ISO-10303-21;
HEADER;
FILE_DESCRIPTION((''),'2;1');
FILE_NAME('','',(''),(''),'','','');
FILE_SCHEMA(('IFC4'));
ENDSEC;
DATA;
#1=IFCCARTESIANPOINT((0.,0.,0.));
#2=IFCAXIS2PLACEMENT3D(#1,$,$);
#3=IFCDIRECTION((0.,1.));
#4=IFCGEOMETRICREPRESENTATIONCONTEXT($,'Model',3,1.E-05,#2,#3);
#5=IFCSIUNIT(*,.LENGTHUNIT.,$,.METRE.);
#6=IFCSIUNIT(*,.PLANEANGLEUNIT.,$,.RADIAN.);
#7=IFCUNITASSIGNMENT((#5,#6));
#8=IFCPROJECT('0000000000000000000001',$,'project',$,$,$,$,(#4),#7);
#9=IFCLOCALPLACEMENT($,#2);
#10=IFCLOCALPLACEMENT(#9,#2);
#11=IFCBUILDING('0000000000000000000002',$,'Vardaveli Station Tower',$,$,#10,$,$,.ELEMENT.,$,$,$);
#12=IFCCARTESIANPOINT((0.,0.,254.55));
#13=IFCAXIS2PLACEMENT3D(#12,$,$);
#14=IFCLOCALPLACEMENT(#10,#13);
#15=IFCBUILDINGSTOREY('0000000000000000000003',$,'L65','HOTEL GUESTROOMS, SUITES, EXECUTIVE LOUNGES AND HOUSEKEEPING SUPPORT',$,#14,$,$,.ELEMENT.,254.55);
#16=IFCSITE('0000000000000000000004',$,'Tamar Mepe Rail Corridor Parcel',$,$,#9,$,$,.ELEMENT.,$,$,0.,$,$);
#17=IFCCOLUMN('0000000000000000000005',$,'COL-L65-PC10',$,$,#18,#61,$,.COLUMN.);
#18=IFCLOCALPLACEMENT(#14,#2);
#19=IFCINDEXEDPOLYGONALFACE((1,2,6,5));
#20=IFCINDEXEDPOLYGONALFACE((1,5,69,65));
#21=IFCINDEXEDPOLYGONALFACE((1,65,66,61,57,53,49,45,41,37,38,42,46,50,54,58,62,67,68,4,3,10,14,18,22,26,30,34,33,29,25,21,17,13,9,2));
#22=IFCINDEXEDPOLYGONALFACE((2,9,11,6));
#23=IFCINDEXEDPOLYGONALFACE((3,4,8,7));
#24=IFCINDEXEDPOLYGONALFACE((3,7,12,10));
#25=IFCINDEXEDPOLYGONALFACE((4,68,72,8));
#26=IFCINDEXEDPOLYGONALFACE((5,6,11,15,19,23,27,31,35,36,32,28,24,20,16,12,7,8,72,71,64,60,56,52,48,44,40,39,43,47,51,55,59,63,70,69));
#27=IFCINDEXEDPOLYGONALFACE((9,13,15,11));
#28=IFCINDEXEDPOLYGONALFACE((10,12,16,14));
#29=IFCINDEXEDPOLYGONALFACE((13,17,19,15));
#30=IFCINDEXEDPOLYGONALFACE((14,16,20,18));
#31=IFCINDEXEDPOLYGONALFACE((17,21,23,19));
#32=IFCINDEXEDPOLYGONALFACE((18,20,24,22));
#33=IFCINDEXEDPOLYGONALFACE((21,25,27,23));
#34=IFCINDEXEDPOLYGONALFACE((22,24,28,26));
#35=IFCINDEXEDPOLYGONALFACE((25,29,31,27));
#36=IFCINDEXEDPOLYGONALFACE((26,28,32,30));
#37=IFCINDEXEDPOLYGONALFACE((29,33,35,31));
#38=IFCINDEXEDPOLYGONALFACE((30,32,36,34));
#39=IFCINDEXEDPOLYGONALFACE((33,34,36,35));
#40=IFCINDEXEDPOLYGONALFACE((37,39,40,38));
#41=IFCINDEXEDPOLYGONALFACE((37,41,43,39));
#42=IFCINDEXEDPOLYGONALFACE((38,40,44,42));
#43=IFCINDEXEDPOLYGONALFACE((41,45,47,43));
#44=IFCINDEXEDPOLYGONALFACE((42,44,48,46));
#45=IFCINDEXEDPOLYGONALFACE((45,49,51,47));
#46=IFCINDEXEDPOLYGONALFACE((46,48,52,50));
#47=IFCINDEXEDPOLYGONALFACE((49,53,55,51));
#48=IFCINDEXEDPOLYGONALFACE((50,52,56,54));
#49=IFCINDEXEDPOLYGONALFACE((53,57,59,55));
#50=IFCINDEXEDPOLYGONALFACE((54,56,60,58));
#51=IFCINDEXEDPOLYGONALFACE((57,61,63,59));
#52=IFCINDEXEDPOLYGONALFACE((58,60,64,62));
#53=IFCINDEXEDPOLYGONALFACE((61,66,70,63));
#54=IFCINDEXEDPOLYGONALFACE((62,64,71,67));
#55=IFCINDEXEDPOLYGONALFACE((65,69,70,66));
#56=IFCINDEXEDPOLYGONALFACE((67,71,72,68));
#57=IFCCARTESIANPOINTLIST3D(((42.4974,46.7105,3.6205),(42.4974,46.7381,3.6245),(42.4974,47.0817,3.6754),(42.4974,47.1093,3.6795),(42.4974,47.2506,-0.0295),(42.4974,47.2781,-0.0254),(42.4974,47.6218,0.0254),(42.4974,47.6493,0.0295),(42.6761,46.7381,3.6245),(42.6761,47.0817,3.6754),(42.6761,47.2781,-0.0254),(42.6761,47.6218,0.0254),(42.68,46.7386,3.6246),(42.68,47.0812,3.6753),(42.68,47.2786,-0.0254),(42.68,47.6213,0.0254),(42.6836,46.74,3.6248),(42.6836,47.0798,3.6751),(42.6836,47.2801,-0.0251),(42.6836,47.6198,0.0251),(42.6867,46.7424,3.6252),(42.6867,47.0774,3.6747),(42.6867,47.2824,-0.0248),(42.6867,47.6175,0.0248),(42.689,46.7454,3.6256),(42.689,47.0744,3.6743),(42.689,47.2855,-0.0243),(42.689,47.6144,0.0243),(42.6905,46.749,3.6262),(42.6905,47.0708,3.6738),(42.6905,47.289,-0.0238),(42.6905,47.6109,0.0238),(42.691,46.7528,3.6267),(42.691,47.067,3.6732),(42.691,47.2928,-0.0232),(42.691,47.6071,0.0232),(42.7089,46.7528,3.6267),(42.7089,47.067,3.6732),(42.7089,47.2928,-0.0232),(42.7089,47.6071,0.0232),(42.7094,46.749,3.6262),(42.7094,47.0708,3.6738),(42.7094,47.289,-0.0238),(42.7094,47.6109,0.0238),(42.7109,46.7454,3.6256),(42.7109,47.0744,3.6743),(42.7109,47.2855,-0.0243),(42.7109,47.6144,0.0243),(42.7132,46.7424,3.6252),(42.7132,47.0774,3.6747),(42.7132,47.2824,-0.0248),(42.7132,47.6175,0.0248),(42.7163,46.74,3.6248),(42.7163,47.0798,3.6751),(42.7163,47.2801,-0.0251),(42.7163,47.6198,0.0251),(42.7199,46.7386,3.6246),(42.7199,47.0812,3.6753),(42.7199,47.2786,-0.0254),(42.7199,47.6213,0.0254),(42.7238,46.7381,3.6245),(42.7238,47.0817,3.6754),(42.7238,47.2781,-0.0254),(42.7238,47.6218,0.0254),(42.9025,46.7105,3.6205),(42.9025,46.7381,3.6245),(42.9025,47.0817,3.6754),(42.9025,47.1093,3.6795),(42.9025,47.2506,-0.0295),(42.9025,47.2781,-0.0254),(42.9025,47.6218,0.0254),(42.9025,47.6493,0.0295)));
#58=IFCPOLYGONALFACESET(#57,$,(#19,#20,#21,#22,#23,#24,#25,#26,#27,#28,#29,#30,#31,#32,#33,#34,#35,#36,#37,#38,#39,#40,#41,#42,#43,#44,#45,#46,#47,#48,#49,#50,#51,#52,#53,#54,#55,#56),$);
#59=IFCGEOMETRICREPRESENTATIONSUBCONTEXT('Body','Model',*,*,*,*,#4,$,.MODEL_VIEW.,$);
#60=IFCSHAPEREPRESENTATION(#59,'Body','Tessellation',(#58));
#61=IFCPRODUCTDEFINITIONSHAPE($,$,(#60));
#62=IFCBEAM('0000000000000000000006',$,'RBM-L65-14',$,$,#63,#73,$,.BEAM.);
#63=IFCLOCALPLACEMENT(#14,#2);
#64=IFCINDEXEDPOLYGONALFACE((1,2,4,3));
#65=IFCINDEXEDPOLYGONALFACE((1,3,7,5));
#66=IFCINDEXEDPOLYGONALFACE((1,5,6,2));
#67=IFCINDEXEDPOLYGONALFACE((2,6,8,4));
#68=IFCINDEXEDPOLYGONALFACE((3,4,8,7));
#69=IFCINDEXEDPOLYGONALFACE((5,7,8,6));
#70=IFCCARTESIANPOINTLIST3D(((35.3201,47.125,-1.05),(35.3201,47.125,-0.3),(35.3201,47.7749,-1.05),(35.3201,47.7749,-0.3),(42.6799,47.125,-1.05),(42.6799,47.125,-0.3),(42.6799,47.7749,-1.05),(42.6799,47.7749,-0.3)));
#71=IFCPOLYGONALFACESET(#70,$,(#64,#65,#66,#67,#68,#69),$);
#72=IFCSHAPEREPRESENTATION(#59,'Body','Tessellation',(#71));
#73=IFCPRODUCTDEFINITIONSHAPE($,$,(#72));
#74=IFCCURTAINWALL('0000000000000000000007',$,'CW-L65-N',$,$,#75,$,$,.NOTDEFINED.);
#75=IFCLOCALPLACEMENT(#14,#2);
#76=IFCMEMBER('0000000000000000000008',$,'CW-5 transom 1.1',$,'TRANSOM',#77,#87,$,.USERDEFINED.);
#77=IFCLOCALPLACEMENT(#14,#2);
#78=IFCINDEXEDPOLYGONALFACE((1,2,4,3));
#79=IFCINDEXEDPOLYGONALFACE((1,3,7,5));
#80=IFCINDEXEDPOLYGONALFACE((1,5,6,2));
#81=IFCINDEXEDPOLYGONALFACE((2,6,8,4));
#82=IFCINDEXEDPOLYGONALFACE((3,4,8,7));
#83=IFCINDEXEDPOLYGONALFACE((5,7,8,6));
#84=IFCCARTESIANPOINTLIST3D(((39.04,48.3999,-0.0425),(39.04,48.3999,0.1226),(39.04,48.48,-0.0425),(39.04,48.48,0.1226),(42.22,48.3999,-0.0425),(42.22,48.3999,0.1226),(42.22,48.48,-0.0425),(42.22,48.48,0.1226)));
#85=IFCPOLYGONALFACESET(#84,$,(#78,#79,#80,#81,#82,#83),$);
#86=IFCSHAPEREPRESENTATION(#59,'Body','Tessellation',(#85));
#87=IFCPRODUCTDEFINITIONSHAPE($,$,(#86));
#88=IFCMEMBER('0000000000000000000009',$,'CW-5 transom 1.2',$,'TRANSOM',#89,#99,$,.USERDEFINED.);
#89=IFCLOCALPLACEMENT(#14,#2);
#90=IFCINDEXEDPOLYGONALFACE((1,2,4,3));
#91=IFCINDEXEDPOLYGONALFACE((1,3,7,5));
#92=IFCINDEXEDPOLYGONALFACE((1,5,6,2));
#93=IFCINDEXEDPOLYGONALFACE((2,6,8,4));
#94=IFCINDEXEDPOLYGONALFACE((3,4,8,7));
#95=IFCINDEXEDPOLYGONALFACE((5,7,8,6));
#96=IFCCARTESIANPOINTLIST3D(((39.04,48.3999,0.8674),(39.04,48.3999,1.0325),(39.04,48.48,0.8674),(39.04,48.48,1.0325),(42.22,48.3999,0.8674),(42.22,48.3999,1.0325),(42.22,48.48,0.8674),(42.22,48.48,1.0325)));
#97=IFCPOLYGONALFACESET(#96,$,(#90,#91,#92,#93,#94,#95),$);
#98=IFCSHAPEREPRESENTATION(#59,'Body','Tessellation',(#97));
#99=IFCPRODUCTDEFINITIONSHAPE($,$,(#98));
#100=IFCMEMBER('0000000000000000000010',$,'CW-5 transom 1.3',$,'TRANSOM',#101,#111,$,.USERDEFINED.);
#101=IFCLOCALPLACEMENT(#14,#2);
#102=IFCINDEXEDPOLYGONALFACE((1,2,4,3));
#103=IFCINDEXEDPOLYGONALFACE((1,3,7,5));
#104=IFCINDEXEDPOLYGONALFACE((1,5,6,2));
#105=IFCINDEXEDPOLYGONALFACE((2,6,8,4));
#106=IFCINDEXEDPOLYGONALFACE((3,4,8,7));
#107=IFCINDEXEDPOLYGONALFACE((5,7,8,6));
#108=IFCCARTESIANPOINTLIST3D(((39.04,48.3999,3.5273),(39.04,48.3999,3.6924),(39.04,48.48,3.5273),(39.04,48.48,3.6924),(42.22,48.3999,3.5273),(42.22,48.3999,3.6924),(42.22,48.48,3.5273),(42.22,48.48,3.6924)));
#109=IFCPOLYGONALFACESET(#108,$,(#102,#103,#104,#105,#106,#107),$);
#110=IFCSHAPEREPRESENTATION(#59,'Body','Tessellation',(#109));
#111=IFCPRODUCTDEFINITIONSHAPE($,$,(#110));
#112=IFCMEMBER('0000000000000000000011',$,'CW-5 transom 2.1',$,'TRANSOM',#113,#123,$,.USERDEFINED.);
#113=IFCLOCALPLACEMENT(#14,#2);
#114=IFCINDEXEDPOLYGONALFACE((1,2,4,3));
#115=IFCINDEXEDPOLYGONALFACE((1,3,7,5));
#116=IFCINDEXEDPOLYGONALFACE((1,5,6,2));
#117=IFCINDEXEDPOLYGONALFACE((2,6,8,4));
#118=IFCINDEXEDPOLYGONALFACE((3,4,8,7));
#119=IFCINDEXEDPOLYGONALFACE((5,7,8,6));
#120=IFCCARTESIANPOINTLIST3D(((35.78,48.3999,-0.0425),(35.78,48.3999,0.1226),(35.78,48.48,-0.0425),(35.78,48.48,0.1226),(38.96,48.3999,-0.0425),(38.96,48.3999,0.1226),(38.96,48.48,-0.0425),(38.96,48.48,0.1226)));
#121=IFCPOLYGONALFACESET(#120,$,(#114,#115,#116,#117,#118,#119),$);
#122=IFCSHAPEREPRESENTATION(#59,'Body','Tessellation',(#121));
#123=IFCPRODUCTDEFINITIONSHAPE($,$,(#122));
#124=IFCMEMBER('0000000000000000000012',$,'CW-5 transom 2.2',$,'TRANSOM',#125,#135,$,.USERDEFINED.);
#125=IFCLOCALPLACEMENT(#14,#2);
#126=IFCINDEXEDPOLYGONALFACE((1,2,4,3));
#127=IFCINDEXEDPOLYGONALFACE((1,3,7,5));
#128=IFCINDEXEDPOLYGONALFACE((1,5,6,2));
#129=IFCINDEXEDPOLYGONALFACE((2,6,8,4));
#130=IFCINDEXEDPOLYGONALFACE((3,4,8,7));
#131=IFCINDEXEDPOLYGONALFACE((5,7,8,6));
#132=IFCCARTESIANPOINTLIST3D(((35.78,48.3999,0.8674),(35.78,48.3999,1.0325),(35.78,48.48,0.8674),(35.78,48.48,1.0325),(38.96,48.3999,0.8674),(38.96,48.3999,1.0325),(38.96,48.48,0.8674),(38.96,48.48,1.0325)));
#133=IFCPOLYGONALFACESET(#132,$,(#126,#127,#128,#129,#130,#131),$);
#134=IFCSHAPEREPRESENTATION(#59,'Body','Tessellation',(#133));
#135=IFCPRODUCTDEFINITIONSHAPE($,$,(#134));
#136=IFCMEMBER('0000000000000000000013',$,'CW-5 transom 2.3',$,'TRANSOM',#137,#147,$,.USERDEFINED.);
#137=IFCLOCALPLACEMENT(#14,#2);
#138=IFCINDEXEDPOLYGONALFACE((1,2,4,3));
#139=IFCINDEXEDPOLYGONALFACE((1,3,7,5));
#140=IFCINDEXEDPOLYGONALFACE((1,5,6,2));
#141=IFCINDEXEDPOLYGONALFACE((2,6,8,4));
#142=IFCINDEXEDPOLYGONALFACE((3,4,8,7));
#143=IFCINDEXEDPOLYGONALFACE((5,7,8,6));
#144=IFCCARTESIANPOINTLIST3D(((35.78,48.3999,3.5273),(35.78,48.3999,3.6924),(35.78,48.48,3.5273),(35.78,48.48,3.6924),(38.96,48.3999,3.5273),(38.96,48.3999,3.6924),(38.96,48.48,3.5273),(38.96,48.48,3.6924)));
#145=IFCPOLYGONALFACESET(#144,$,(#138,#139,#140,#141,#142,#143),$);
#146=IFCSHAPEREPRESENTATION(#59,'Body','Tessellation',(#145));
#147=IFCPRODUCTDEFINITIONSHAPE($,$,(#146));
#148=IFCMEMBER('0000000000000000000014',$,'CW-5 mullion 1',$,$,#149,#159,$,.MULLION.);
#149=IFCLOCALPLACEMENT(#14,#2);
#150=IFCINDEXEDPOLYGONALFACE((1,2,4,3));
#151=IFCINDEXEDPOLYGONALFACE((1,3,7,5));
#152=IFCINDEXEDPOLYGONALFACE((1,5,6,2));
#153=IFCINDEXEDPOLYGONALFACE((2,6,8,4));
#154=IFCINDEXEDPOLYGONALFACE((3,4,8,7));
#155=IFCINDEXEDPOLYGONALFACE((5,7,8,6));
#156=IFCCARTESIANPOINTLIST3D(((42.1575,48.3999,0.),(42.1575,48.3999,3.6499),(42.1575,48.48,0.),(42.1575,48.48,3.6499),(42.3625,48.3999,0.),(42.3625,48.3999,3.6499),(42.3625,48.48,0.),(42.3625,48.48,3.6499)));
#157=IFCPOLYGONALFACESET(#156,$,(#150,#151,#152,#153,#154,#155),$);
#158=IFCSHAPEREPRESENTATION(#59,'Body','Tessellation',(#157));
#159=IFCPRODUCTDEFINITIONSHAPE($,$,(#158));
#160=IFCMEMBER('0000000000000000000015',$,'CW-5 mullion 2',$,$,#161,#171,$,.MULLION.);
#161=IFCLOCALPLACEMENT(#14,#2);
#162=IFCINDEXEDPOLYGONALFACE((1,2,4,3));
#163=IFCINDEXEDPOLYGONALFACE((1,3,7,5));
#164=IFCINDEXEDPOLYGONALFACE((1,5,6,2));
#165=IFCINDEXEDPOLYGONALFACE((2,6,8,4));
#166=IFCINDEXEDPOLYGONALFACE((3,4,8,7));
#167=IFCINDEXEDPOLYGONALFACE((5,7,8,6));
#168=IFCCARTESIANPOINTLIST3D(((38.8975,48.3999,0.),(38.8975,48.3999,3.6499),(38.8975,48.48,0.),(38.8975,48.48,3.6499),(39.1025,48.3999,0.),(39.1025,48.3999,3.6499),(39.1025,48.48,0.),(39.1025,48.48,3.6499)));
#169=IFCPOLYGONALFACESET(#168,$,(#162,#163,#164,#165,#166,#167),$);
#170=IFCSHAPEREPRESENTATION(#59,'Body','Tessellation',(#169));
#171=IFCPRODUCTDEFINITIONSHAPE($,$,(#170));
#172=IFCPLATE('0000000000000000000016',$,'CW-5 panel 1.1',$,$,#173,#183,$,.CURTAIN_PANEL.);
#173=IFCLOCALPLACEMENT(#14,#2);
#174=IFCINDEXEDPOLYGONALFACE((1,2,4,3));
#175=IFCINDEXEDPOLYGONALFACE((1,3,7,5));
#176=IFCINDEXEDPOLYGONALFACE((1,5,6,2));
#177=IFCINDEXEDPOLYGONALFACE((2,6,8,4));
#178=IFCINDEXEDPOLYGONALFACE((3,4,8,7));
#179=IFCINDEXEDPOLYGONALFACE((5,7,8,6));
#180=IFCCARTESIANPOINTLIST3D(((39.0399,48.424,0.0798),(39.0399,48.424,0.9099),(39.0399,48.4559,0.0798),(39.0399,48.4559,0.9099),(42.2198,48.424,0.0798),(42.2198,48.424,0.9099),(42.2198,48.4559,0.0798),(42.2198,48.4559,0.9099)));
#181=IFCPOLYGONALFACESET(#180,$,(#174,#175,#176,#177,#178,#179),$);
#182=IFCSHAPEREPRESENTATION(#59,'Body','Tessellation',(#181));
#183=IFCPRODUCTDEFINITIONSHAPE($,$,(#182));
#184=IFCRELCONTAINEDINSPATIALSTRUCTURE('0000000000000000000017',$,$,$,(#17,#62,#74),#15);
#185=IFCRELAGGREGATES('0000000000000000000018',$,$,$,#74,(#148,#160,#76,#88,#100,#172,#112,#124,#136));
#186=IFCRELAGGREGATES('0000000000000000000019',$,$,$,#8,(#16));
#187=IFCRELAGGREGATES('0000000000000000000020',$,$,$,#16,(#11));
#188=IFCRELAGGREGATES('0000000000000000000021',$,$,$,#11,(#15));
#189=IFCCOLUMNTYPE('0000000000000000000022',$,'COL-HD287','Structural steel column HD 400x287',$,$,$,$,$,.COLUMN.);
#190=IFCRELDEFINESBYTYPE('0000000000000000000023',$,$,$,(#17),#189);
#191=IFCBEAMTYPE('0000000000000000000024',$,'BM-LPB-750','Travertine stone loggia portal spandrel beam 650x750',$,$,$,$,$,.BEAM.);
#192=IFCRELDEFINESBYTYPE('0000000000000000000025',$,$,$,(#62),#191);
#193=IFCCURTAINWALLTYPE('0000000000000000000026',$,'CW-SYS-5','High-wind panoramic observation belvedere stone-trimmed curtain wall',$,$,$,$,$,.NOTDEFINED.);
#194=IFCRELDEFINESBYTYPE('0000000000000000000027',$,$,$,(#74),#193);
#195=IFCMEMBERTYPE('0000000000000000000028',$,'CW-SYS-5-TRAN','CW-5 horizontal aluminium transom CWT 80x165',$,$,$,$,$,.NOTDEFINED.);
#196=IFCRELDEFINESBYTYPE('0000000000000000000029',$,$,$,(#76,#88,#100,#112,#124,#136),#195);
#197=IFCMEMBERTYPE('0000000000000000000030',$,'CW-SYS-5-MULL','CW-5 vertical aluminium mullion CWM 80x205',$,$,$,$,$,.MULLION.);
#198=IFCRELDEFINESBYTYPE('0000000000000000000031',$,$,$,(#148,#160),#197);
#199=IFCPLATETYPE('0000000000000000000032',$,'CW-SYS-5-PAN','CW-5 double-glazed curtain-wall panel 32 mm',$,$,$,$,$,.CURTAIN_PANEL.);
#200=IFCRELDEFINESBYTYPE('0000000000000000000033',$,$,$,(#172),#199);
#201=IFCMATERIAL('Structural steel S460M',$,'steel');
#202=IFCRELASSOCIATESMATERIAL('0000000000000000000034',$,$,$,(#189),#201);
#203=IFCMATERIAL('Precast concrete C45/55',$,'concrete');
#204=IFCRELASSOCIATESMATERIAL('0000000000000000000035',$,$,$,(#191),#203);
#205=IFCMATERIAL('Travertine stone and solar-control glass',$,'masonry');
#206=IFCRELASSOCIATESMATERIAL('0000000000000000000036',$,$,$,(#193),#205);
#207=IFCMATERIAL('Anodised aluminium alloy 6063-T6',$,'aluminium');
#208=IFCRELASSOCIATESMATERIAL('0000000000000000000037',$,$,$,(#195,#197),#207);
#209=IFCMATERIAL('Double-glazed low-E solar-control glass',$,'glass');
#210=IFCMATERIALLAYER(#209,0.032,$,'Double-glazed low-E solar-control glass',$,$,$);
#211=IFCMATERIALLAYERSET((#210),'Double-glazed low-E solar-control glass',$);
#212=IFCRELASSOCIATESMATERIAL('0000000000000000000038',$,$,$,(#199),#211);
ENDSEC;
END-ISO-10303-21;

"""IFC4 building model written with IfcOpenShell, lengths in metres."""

from ifc_helpers import new_model, si_unit, direction, frame, origin, origin_2d, place, context, subcontext, project, spatial, rectangle, i_section, extrude, source, transform, mapped, material, layer, layer_set, material_profile, profile_set, type_object, element, aggregate, save


model = new_model("IFC4")

# Units and contexts
model_context = context("Model", 3, precision=1e-05, world=origin(), true_north=direction((0.0, 1.0)))
body_context = subcontext(model_context, "Body", "Model", "MODEL_VIEW")
ifc_project = project(units=[si_unit("LENGTHUNIT", "METRE"), si_unit("PLANEANGLEUNIT", "RADIAN")], contexts=[model_context])

# Site, building, storey
site_placement = place(None, origin())
site = spatial("IfcSite", under=ifc_project, at=site_placement, Name="Tamar Mepe Rail Corridor Parcel", CompositionType="ELEMENT", RefElevation=0.0)
building_placement = place(site_placement, origin())
building = spatial("IfcBuilding", under=site, at=building_placement, Name="Vardaveli Station Tower", CompositionType="ELEMENT")
storey_placement = place(building_placement, frame((0.0, 0.0, 254.55)))
storey = spatial("IfcBuildingStorey", under=building, at=storey_placement, Name="L65", Description="HOTEL GUESTROOMS, SUITES, EXECUTIVE LOUNGES AND HOUSEKEEPING SUPPORT", CompositionType="ELEMENT", Elevation=254.55)

# Column
ifc_material_1 = material(Name="Structural steel S460M", Category="steel")
ifc_material_profile_1 = material_profile(ifc_material_1, i_section(OverallWidth=0.405, OverallDepth=0.4031, WebThickness=0.0178, FlangeThickness=0.0278, FilletRadius=0.0149, at=origin_2d()), Name="HD 400x287")
ifc_profile_set_1 = profile_set([ifc_material_profile_1], Name="Structural steel S460M")
column_type = type_object("IfcColumnType", Name="COL-HD287", Description="Structural steel column HD 400x287", PredefinedType="COLUMN", material=ifc_profile_set_1)
shared_shape_1 = source(origin(), body_context, "Body", "SweptSolid", [
    extrude(i_section(OverallWidth=0.405, OverallDepth=0.4031, WebThickness=0.0178, FlangeThickness=0.0278, FilletRadius=0.0149, at=origin_2d()), origin(), (0.0, 0.0, 1.0), 3.6897),
])
column_placement = place(storey_placement, frame((42.7, 47.45, 0.0), z_axis=(0.0, -0.146366, 0.98923), x_axis=(1.0, 0.0, 0.0)))
element("IfcColumn", 1, at=column_placement, inside=storey, type_object=column_type, Name="COL-L65-PC10", PredefinedType="COLUMN", context=body_context, shape_type="MappedRepresentation", body=[
    mapped(shared_shape_1, transform((0.0, 0.0, 0.0), scale=1.0)),
])

# Beam
ifc_material_2 = material(Name="Precast concrete C45/55", Category="concrete")
ifc_material_profile_2 = material_profile(ifc_material_2, rectangle(XDim=0.6499, YDim=0.75, at=origin_2d()), Name="LPB 650x750")
ifc_profile_set_2 = profile_set([ifc_material_profile_2], Name="Precast concrete C45/55")
beam_type = type_object("IfcBeamType", Name="BM-LPB-750", Description="Travertine stone loggia portal spandrel beam 650x750", PredefinedType="BEAM", material=ifc_profile_set_2)
shared_shape_2 = source(origin(), body_context, "Body", "SweptSolid", [
    extrude(rectangle(XDim=0.6499, YDim=0.75, at=origin_2d()), origin(), (0.0, 0.0, 1.0), 7.3599),
])
beam_placement = place(storey_placement, frame((42.6799, 47.45, -0.675), z_axis=(-1.0, 0.0, 0.0), x_axis=(0.0, -1.0, 0.0)))
element("IfcBeam", 2, at=beam_placement, inside=storey, type_object=beam_type, Name="RBM-L65-14", PredefinedType="BEAM", context=body_context, shape_type="MappedRepresentation", body=[
    mapped(shared_shape_2, transform((0.0, 0.0, 0.0), scale=1.0)),
])

# Curtain wall, members, plate
ifc_material_3 = material(Name="Travertine stone and solar-control glass", Category="masonry")
curtain_wall_type = type_object("IfcCurtainWallType", Name="CW-SYS-5", Description="High-wind panoramic observation belvedere stone-trimmed curtain wall", PredefinedType="NOTDEFINED", material=ifc_material_3)
curtain_wall_placement = place(storey_placement, origin())
curtain_wall = element("IfcCurtainWall", 3, at=curtain_wall_placement, inside=storey, type_object=curtain_wall_type, Name="CW-L65-N", PredefinedType="NOTDEFINED")
ifc_material_4 = material(Name="Anodised aluminium alloy 6063-T6", Category="aluminium")
ifc_material_profile_3 = material_profile(ifc_material_4, rectangle(XDim=0.0801, YDim=0.165, at=origin_2d()), Name="CWT 80x165")
ifc_profile_set_3 = profile_set([ifc_material_profile_3], Name="Anodised aluminium alloy 6063-T6")
member_type_1 = type_object("IfcMemberType", Name="CW-SYS-5-TRAN", Description="CW-5 horizontal aluminium transom CWT 80x165", PredefinedType="NOTDEFINED", material=ifc_profile_set_3)
shared_shape_3 = source(origin(), body_context, "Body", "SweptSolid", [
    extrude(rectangle(XDim=0.0801, YDim=0.165, at=origin_2d()), origin(), (0.0, 0.0, 1.0), 3.1799),
])
member_1_placement = place(storey_placement, frame((42.22, 48.4399, 0.04), z_axis=(-1.0, 0.0, 0.0), x_axis=(0.0, -1.0, 0.0)))
member_1 = element("IfcMember", 4, at=member_1_placement, type_object=member_type_1, Name="CW-5 transom 1.1", ObjectType="TRANSOM", PredefinedType="USERDEFINED", context=body_context, shape_type="MappedRepresentation", body=[
    mapped(shared_shape_3, transform((0.0, 0.0, 0.0), scale=1.0)),
])
member_2_placement = place(storey_placement, frame((42.22, 48.4399, 0.95), z_axis=(-1.0, 0.0, 0.0), x_axis=(0.0, -1.0, 0.0)))
member_2 = element("IfcMember", 5, at=member_2_placement, type_object=member_type_1, Name="CW-5 transom 1.2", ObjectType="TRANSOM", PredefinedType="USERDEFINED", context=body_context, shape_type="MappedRepresentation", body=[
    mapped(shared_shape_3, transform((0.0, 0.0, 0.0), scale=1.0)),
])
member_3_placement = place(storey_placement, frame((42.22, 48.4399, 3.6099), z_axis=(-1.0, 0.0, 0.0), x_axis=(0.0, -1.0, 0.0)))
member_3 = element("IfcMember", 6, at=member_3_placement, type_object=member_type_1, Name="CW-5 transom 1.3", ObjectType="TRANSOM", PredefinedType="USERDEFINED", context=body_context, shape_type="MappedRepresentation", body=[
    mapped(shared_shape_3, transform((0.0, 0.0, 0.0), scale=1.0)),
])
member_4_placement = place(storey_placement, frame((38.96, 48.4399, 0.04), z_axis=(-1.0, 0.0, 0.0), x_axis=(0.0, -1.0, 0.0)))
member_4 = element("IfcMember", 7, at=member_4_placement, type_object=member_type_1, Name="CW-5 transom 2.1", ObjectType="TRANSOM", PredefinedType="USERDEFINED", context=body_context, shape_type="MappedRepresentation", body=[
    mapped(shared_shape_3, transform((0.0, 0.0, 0.0), scale=1.0)),
])
member_5_placement = place(storey_placement, frame((38.96, 48.4399, 0.95), z_axis=(-1.0, 0.0, 0.0), x_axis=(0.0, -1.0, 0.0)))
member_5 = element("IfcMember", 8, at=member_5_placement, type_object=member_type_1, Name="CW-5 transom 2.2", ObjectType="TRANSOM", PredefinedType="USERDEFINED", context=body_context, shape_type="MappedRepresentation", body=[
    mapped(shared_shape_3, transform((0.0, 0.0, 0.0), scale=1.0)),
])
member_6_placement = place(storey_placement, frame((38.96, 48.4399, 3.6099), z_axis=(-1.0, 0.0, 0.0), x_axis=(0.0, -1.0, 0.0)))
member_6 = element("IfcMember", 9, at=member_6_placement, type_object=member_type_1, Name="CW-5 transom 2.3", ObjectType="TRANSOM", PredefinedType="USERDEFINED", context=body_context, shape_type="MappedRepresentation", body=[
    mapped(shared_shape_3, transform((0.0, 0.0, 0.0), scale=1.0)),
])
ifc_material_profile_4 = material_profile(ifc_material_4, rectangle(XDim=0.0801, YDim=0.2051, at=origin_2d()), Name="CWM 80x205")
ifc_profile_set_4 = profile_set([ifc_material_profile_4], Name="Anodised aluminium alloy 6063-T6")
member_type_2 = type_object("IfcMemberType", Name="CW-SYS-5-MULL", Description="CW-5 vertical aluminium mullion CWM 80x205", PredefinedType="MULLION", material=ifc_profile_set_4)
shared_shape_4 = source(origin(), body_context, "Body", "SweptSolid", [
    extrude(rectangle(XDim=0.0801, YDim=0.2051, at=origin_2d()), origin(), (0.0, 0.0, 1.0), 3.6499),
])
member_7_placement = place(storey_placement, frame((42.26, 48.4399, 0.0), z_axis=(0.0, 0.0, 1.0), x_axis=(0.0, -1.0, 0.0)))
member_7 = element("IfcMember", 10, at=member_7_placement, type_object=member_type_2, Name="CW-5 mullion 1", PredefinedType="MULLION", context=body_context, shape_type="MappedRepresentation", body=[
    mapped(shared_shape_4, transform((0.0, 0.0, 0.0), scale=1.0)),
])
member_8_placement = place(storey_placement, frame((39.0, 48.4399, 0.0), z_axis=(0.0, 0.0, 1.0), x_axis=(0.0, -1.0, 0.0)))
member_8 = element("IfcMember", 11, at=member_8_placement, type_object=member_type_2, Name="CW-5 mullion 2", PredefinedType="MULLION", context=body_context, shape_type="MappedRepresentation", body=[
    mapped(shared_shape_4, transform((0.0, 0.0, 0.0), scale=1.0)),
])
ifc_material_5 = material(Name="Double-glazed low-E solar-control glass", Category="glass")
ifc_layer_1 = layer(ifc_material_5, 0.032, Name="Double-glazed low-E solar-control glass")
ifc_layer_set_1 = layer_set([ifc_layer_1], Name="Double-glazed low-E solar-control glass")
plate_type = type_object("IfcPlateType", Name="CW-SYS-5-PAN", Description="CW-5 double-glazed curtain-wall panel 32 mm", PredefinedType="CURTAIN_PANEL", material=ifc_layer_set_1)
shared_shape_5 = source(origin(), body_context, "Body", "SweptSolid", [
    extrude(rectangle(XDim=3.1799, YDim=0.032, at=origin_2d()), origin(), (0.0, 0.0, 1.0), 0.8301),
])
plate_1_placement = place(storey_placement, frame((40.6299, 48.4399, 0.0798), z_axis=(0.0, 0.0, 1.0), x_axis=(-1.0, 0.0, 0.0)))
plate_1 = element("IfcPlate", 12, at=plate_1_placement, type_object=plate_type, Name="CW-5 panel 1.1", PredefinedType="CURTAIN_PANEL", context=body_context, shape_type="MappedRepresentation", body=[
    mapped(shared_shape_5, transform((0.0, 0.0, 0.0), scale=1.0)),
])
aggregate(curtain_wall, [member_7, member_8, member_1, member_2, member_3, plate_1, member_4, member_5, member_6])

save(model, "model.ifc")
